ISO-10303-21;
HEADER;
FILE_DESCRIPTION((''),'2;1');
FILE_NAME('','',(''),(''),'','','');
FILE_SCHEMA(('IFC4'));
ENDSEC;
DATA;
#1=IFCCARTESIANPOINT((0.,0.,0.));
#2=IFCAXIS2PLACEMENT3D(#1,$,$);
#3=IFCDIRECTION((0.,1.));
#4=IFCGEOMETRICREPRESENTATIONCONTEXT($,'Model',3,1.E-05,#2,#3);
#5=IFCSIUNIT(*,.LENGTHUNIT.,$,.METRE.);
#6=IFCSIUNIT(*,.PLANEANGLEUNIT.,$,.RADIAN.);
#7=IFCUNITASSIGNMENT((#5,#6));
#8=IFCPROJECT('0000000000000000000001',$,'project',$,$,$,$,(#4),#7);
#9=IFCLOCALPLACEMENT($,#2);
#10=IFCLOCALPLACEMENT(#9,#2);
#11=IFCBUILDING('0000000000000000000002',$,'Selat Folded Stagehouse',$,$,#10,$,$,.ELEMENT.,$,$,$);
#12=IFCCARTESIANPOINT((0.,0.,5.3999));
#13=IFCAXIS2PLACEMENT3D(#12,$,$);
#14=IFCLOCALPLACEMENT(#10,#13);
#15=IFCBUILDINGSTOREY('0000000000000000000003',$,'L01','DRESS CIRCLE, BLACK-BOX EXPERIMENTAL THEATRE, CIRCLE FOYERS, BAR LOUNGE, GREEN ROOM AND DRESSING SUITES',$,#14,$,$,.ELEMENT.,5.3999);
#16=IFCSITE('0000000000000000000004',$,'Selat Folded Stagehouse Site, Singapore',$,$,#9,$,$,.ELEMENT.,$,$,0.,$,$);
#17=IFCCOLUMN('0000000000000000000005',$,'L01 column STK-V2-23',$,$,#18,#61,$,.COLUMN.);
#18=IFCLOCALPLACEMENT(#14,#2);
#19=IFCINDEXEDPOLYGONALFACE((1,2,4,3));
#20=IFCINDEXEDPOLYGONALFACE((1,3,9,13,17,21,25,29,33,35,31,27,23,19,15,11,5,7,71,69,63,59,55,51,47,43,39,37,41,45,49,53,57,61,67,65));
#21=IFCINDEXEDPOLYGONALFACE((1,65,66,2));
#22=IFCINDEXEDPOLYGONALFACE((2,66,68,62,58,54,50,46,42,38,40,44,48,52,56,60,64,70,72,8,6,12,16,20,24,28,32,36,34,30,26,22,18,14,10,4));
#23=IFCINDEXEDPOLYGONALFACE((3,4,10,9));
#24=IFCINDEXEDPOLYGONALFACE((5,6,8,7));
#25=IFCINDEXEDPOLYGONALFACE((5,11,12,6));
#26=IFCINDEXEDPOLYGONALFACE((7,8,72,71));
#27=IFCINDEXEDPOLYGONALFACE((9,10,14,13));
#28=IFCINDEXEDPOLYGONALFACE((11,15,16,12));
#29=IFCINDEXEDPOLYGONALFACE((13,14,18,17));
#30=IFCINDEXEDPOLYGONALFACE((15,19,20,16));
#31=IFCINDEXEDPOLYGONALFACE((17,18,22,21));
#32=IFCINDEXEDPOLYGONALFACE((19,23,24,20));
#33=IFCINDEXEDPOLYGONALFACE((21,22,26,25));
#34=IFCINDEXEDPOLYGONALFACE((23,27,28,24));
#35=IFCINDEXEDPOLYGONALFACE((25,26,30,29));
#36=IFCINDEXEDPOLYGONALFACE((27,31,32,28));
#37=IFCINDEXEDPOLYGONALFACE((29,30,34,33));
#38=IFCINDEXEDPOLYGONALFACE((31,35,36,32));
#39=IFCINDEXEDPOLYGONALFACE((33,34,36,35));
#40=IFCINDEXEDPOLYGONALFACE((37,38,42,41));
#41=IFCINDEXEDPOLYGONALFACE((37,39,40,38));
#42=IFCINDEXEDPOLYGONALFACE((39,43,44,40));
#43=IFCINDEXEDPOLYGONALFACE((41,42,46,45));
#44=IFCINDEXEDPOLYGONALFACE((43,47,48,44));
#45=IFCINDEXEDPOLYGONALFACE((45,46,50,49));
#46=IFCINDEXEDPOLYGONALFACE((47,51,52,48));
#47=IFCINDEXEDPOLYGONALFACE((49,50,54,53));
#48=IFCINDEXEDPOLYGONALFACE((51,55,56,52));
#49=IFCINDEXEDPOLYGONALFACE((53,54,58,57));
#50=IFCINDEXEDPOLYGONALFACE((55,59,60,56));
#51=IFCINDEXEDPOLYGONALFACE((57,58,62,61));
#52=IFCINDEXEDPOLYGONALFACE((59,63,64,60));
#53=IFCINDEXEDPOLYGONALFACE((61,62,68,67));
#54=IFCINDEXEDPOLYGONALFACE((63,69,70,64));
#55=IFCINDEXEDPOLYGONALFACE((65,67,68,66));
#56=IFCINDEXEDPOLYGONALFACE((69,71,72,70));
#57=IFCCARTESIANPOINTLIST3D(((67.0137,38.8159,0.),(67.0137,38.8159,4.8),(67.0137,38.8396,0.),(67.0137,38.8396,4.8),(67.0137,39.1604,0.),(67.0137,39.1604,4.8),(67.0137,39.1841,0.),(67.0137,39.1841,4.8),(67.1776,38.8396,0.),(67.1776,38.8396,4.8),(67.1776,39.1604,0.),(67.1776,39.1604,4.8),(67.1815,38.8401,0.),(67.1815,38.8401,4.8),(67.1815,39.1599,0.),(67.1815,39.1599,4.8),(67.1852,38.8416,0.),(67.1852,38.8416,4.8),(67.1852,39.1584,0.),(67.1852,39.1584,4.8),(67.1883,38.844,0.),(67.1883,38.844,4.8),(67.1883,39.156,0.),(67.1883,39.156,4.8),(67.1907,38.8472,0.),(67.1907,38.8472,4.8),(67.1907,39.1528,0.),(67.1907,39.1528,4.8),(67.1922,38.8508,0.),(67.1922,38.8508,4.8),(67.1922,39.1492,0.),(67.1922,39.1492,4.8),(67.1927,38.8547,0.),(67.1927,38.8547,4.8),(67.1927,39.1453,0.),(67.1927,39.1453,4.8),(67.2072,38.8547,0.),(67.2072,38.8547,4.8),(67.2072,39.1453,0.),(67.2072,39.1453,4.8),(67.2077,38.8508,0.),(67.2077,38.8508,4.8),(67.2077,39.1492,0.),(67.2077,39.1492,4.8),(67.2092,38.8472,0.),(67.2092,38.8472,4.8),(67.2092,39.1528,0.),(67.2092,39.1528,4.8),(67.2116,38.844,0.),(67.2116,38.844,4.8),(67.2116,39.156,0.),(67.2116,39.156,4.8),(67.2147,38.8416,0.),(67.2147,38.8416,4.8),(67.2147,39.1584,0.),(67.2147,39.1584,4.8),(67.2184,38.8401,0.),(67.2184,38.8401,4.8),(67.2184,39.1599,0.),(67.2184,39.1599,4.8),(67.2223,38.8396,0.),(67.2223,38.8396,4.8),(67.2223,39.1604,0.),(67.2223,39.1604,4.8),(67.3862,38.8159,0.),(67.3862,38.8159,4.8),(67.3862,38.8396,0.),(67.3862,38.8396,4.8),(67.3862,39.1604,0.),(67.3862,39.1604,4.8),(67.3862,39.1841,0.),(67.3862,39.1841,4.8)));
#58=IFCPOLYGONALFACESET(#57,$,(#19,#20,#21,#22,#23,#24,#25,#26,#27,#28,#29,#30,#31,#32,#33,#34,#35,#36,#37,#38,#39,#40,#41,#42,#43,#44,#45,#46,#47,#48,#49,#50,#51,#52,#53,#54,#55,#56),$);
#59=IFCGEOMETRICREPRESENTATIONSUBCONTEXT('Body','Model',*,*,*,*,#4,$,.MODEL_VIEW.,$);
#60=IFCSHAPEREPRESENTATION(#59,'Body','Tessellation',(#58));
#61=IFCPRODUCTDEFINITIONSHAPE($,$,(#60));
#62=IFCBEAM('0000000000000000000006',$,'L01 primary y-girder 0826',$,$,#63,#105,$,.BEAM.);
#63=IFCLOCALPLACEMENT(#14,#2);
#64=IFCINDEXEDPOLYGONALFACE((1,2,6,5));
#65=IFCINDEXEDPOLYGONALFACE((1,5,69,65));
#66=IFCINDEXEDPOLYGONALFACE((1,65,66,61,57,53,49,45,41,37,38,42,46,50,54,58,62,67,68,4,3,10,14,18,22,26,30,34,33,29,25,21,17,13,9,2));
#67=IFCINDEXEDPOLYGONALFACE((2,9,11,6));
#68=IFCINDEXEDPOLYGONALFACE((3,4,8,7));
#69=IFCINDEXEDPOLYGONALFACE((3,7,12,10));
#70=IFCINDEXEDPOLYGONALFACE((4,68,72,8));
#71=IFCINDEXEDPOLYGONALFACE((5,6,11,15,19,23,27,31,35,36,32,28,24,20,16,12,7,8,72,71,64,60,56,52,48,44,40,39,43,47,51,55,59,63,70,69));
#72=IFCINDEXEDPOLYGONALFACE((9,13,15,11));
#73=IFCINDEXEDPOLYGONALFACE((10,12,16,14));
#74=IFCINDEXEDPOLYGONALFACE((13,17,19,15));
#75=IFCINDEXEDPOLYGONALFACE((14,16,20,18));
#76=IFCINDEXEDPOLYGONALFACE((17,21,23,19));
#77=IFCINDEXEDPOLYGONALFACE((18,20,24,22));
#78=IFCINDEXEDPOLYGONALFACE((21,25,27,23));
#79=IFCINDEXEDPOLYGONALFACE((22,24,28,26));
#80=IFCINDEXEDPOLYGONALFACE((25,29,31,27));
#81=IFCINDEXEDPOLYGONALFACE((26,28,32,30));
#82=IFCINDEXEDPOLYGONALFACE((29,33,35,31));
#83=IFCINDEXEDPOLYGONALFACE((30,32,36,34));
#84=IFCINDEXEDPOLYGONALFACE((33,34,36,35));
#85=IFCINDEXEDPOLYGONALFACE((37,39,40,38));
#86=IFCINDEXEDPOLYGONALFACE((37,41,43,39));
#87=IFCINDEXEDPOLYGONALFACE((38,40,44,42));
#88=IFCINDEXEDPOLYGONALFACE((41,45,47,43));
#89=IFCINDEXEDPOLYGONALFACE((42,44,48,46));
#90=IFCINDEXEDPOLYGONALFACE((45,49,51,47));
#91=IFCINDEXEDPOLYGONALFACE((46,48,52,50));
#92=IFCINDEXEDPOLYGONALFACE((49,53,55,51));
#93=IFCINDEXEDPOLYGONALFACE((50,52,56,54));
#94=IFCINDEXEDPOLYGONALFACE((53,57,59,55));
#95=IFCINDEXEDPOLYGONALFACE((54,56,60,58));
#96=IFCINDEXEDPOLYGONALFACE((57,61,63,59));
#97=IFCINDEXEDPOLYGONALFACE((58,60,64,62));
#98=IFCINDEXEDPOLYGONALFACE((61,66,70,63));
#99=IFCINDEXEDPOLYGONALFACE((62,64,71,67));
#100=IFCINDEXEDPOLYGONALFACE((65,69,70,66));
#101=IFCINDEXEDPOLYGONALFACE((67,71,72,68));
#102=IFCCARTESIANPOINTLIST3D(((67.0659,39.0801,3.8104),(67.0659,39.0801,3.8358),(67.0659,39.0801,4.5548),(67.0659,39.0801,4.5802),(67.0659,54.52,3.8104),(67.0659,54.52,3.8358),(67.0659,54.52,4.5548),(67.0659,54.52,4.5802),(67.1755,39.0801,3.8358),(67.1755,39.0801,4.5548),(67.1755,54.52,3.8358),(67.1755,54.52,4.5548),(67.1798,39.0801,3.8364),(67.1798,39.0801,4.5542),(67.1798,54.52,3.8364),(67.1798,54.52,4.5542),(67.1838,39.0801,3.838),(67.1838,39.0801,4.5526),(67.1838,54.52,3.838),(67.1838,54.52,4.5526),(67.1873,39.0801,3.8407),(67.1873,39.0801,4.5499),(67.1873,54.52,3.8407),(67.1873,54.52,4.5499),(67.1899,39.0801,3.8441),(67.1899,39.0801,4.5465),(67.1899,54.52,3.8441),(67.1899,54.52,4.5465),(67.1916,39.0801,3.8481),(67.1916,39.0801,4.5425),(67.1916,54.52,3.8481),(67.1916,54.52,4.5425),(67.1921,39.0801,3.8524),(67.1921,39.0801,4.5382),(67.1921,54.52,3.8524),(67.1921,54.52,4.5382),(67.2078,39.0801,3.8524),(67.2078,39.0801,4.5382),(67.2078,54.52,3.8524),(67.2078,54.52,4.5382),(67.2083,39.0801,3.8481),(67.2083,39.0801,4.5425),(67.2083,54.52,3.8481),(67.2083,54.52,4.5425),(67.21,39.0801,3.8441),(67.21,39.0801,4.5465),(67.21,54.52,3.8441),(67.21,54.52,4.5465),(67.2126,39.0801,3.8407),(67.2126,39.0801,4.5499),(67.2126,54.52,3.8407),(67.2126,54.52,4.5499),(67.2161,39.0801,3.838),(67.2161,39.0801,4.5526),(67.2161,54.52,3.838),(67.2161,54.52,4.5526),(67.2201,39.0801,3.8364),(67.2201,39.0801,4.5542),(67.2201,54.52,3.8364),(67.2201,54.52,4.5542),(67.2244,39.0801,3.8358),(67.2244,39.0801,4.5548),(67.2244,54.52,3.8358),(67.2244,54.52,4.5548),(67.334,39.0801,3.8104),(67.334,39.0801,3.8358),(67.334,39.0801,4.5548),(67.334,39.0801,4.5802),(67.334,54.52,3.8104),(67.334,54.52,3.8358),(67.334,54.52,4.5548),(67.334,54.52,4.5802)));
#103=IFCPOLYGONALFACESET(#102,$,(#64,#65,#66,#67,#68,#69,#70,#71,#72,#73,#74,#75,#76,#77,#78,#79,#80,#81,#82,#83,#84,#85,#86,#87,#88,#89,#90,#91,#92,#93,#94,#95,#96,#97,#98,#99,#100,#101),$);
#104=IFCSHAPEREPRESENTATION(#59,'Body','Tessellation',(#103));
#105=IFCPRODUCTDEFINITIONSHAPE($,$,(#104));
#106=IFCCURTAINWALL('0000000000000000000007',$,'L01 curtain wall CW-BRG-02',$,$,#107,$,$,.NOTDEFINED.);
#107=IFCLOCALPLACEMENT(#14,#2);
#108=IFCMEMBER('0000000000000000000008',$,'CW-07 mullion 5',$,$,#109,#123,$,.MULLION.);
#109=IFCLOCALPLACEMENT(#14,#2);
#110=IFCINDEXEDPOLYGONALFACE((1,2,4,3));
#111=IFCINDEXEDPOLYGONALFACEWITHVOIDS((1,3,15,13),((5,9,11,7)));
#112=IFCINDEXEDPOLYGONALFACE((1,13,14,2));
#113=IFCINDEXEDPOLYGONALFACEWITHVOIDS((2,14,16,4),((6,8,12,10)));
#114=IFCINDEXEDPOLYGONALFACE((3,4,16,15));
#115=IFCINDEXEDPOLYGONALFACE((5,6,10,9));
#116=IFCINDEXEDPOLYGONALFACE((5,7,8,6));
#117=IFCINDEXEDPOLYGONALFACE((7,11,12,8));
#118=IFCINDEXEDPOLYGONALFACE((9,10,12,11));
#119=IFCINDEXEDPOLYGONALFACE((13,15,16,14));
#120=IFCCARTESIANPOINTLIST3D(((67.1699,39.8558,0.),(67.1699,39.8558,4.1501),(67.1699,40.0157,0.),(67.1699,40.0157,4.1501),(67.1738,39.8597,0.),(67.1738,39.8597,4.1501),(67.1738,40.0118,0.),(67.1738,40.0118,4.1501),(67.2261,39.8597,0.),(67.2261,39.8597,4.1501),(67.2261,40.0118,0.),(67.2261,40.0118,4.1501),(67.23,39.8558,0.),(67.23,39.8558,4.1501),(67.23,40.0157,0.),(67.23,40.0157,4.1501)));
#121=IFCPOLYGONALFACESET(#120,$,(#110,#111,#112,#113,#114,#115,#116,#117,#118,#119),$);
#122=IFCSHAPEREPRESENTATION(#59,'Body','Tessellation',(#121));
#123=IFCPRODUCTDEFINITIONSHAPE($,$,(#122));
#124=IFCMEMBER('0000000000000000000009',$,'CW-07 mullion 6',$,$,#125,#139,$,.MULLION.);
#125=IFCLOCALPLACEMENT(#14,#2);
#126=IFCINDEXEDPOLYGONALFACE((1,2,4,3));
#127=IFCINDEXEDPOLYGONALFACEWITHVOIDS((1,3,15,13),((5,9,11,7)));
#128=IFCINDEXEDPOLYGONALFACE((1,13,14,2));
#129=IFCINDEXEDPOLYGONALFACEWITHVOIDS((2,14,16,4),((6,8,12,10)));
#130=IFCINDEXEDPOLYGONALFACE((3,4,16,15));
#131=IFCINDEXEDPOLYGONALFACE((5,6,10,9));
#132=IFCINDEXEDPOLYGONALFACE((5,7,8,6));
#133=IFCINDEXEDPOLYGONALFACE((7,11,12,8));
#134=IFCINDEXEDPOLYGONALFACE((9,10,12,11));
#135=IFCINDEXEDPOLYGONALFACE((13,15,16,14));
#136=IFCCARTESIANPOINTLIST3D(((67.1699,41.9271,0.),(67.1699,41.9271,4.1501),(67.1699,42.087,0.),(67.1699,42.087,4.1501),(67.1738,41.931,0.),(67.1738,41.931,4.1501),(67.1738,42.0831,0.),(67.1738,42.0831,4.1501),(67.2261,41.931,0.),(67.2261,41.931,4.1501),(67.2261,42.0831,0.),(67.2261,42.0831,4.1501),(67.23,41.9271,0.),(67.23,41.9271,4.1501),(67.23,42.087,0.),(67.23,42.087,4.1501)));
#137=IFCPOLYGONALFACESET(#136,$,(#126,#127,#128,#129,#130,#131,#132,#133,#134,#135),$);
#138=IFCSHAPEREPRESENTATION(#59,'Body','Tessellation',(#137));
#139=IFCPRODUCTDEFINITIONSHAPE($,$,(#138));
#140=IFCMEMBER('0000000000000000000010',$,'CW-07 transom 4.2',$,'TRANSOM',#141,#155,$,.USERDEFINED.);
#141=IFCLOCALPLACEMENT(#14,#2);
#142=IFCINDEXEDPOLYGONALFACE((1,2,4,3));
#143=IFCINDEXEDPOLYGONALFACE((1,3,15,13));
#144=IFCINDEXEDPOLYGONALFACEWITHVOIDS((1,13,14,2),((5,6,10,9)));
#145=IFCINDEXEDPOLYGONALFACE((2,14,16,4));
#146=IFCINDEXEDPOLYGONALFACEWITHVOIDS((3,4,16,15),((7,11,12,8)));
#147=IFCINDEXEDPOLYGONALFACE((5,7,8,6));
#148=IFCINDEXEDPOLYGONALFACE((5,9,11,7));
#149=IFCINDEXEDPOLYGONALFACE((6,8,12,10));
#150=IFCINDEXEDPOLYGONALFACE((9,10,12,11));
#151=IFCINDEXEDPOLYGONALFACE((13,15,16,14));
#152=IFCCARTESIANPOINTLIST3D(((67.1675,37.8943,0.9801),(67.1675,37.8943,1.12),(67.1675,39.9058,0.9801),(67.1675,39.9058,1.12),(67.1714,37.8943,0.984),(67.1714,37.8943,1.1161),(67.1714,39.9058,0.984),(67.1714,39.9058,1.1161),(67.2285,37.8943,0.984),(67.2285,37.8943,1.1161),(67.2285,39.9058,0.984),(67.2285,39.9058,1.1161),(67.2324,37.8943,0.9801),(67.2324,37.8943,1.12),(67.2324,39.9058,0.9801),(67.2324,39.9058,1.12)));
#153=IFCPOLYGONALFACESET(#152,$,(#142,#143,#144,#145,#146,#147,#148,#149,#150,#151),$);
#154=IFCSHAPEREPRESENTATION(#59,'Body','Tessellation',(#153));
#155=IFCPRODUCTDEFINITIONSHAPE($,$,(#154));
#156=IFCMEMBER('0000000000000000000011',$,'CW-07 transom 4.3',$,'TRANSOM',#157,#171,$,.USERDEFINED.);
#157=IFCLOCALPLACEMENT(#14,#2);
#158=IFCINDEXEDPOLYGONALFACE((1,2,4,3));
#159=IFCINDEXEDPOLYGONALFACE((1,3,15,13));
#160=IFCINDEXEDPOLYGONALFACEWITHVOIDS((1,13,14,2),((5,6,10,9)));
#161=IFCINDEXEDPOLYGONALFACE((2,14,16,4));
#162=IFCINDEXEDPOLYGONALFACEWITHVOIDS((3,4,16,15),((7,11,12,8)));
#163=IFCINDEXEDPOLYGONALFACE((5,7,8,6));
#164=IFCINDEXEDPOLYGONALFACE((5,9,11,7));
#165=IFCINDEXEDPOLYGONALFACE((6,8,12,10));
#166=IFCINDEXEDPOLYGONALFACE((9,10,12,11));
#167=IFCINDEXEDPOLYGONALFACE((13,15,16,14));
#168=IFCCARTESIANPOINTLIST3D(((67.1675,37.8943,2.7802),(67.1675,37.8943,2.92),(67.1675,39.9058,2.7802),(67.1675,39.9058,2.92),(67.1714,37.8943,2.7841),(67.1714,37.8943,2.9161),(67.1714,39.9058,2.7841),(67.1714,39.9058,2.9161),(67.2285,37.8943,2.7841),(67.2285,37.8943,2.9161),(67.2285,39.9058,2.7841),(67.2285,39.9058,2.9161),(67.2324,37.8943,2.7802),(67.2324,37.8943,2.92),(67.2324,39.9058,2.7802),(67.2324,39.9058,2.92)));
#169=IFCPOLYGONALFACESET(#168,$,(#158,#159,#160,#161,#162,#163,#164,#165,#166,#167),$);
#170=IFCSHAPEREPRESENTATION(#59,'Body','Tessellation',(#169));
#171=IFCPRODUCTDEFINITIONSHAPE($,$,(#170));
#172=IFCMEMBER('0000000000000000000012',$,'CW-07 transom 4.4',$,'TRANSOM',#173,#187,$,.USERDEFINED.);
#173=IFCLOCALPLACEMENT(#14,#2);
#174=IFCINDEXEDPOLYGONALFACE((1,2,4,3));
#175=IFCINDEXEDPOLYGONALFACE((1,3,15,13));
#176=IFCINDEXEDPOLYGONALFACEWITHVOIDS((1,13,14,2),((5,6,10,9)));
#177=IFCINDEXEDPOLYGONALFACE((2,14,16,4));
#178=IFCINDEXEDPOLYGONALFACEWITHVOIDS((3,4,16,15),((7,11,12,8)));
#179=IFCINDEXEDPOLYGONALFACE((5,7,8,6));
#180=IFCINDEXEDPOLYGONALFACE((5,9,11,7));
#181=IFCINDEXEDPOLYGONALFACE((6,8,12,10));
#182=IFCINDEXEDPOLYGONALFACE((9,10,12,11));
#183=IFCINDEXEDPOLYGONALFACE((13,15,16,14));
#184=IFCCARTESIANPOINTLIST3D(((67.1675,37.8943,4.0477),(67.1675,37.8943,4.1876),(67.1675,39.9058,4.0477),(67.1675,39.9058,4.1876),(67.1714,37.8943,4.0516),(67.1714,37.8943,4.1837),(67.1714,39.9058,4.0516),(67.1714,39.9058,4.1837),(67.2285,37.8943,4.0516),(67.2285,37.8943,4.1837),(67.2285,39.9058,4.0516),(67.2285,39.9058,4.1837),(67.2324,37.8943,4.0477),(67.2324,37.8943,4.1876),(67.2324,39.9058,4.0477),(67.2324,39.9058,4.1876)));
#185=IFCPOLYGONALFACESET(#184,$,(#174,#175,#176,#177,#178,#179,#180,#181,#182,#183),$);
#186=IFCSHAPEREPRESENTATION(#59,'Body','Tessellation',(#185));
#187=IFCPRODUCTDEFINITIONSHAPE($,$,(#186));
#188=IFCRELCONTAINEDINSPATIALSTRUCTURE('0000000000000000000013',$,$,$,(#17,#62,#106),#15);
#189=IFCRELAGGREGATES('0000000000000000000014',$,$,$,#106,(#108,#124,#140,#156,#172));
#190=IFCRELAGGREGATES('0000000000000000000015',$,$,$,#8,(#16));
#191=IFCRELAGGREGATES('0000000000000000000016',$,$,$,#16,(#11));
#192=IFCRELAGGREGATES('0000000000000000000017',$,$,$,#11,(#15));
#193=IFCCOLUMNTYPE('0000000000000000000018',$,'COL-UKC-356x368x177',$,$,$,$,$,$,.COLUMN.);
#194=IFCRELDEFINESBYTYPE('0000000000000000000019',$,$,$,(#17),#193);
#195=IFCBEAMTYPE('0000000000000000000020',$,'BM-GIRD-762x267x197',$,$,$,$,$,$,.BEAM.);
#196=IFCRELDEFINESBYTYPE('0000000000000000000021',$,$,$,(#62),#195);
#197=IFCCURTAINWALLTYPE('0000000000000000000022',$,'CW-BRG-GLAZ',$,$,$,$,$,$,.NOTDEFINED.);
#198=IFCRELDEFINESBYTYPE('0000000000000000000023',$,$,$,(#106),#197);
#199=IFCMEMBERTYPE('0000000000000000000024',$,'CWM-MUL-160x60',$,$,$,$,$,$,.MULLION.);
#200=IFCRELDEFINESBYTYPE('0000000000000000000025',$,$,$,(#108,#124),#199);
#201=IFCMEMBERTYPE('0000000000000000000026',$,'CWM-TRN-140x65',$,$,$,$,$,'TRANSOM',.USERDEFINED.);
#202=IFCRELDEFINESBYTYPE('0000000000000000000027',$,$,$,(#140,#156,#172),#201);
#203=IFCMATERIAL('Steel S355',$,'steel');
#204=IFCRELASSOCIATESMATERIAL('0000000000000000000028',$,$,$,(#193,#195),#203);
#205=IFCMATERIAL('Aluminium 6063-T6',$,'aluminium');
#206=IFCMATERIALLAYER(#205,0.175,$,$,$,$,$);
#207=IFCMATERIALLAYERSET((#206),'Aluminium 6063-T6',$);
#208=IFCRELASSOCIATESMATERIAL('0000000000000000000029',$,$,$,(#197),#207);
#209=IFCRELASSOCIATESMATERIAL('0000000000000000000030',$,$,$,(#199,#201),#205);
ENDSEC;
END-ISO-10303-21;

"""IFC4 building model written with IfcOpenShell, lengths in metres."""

from ifc_helpers import new_model, si_unit, direction, frame, origin, origin_2d, place, context, subcontext, project, spatial, hollow_rectangle, i_section, extrude, material, layer, layer_set, material_profile, profile_set, type_object, element, aggregate, save


model = new_model("IFC4")

# Units and contexts
model_context = context("Model", 3, precision=1e-05, world=origin(), true_north=direction((0.0, 1.0)))
body_context = subcontext(model_context, "Body", "Model", "MODEL_VIEW")
ifc_project = project(units=[si_unit("LENGTHUNIT", "METRE"), si_unit("PLANEANGLEUNIT", "RADIAN")], contexts=[model_context])

# Site, building, storey
site_placement = place(None, origin())
site = spatial("IfcSite", under=ifc_project, at=site_placement, Name="Selat Folded Stagehouse Site, Singapore", CompositionType="ELEMENT", RefElevation=0.0)
building_placement = place(site_placement, origin())
building = spatial("IfcBuilding", under=site, at=building_placement, Name="Selat Folded Stagehouse", CompositionType="ELEMENT")
storey_placement = place(building_placement, frame((0.0, 0.0, 5.3999)))
storey = spatial("IfcBuildingStorey", under=building, at=storey_placement, Name="L01", Description="DRESS CIRCLE, BLACK-BOX EXPERIMENTAL THEATRE, CIRCLE FOYERS, BAR LOUNGE, GREEN ROOM AND DRESSING SUITES", CompositionType="ELEMENT", Elevation=5.3999)

# Column
ifc_material_1 = material(Name="Steel S355", Category="steel")
ifc_material_profile_1 = material_profile(ifc_material_1, i_section(OverallWidth=0.3726, OverallDepth=0.3682, WebThickness=0.0144, FlangeThickness=0.0237, FilletRadius=0.0151, at=origin_2d()), Name="UKC 356x368x177")
ifc_profile_set_1 = profile_set([ifc_material_profile_1], Name="Steel S355")
column_type = type_object("IfcColumnType", Name="COL-UKC-356x368x177", PredefinedType="COLUMN", material=ifc_profile_set_1)
column_placement = place(storey_placement, frame((67.2, 39.0, 0.0), z_axis=(0.0, 0.0, 1.0), x_axis=(1.0, 0.0, 0.0)))
element("IfcColumn", 1, at=column_placement, inside=storey, type_object=column_type, Name="L01 column STK-V2-23", PredefinedType="COLUMN", context=body_context, shape_type="SweptSolid", body=[
    extrude(i_section(OverallWidth=0.3726, OverallDepth=0.3682, WebThickness=0.0144, FlangeThickness=0.0237, FilletRadius=0.0151, at=origin_2d()), origin(), (0.0, 0.0, 1.0), 4.8),
])

# Beam
ifc_material_profile_2 = material_profile(ifc_material_1, i_section(OverallWidth=0.2681, OverallDepth=0.7698, WebThickness=0.0156, FlangeThickness=0.0254, FilletRadius=0.0166, at=origin_2d()), Name="UKB 762x267x197")
ifc_profile_set_2 = profile_set([ifc_material_profile_2], Name="Steel S355")
beam_type = type_object("IfcBeamType", Name="BM-GIRD-762x267x197", PredefinedType="BEAM", material=ifc_profile_set_2)
beam_placement = place(storey_placement, frame((67.2, 39.0801, 4.1953), z_axis=(0.0, 1.0, 0.0), x_axis=(-1.0, 0.0, 0.0)))
element("IfcBeam", 2, at=beam_placement, inside=storey, type_object=beam_type, Name="L01 primary y-girder 0826", PredefinedType="BEAM", context=body_context, shape_type="SweptSolid", body=[
    extrude(i_section(OverallWidth=0.2681, OverallDepth=0.7698, WebThickness=0.0156, FlangeThickness=0.0254, FilletRadius=0.0166, at=origin_2d()), origin(), (0.0, 0.0, 1.0), 15.4399),
])

# Curtain wall, members
ifc_material_2 = material(Name="Aluminium 6063-T6", Category="aluminium")
ifc_layer_1 = layer(ifc_material_2, 0.175)
ifc_layer_set_1 = layer_set([ifc_layer_1], Name="Aluminium 6063-T6")
curtain_wall_type = type_object("IfcCurtainWallType", Name="CW-BRG-GLAZ", PredefinedType="NOTDEFINED", material=ifc_layer_set_1)
curtain_wall_placement = place(storey_placement, origin())
curtain_wall = element("IfcCurtainWall", 3, at=curtain_wall_placement, inside=storey, type_object=curtain_wall_type, Name="L01 curtain wall CW-BRG-02", PredefinedType="NOTDEFINED")
ifc_material_profile_3 = material_profile(ifc_material_2, hollow_rectangle(XDim=0.0601, YDim=0.1599, WallThickness=0.0039, at=origin_2d()), Name="ALU 160x60x4.0")
ifc_profile_set_3 = profile_set([ifc_material_profile_3], Name="Aluminium 6063-T6")
member_type_1 = type_object("IfcMemberType", Name="CWM-MUL-160x60", PredefinedType="MULLION", material=ifc_profile_set_3)
member_1_placement = place(storey_placement, frame((67.2, 39.9358, 0.0), z_axis=(0.0, 0.0, 1.0), x_axis=(-1.0, 0.0, 0.0)))
member_1 = element("IfcMember", 4, at=member_1_placement, type_object=member_type_1, Name="CW-07 mullion 5", PredefinedType="MULLION", context=body_context, shape_type="SweptSolid", body=[
    extrude(hollow_rectangle(XDim=0.0601, YDim=0.1599, WallThickness=0.0039, at=origin_2d()), origin(), (0.0, 0.0, 1.0), 4.1501),
])
member_2_placement = place(storey_placement, frame((67.2, 42.0071, 0.0), z_axis=(0.0, 0.0, 1.0), x_axis=(-1.0, 0.0, 0.0)))
member_2 = element("IfcMember", 5, at=member_2_placement, type_object=member_type_1, Name="CW-07 mullion 6", PredefinedType="MULLION", context=body_context, shape_type="SweptSolid", body=[
    extrude(hollow_rectangle(XDim=0.0601, YDim=0.1599, WallThickness=0.0039, at=origin_2d()), origin(), (0.0, 0.0, 1.0), 4.1501),
])
ifc_material_profile_4 = material_profile(ifc_material_2, hollow_rectangle(XDim=0.0649, YDim=0.1399, WallThickness=0.0039, at=origin_2d()), Name="ALU 140x65x4.0")
ifc_profile_set_4 = profile_set([ifc_material_profile_4], Name="Aluminium 6063-T6")
member_type_2 = type_object("IfcMemberType", Name="CWM-TRN-140x65", ElementType="TRANSOM", PredefinedType="USERDEFINED", material=ifc_profile_set_4)
member_3_placement = place(storey_placement, frame((67.2, 37.8943, 1.05), z_axis=(0.0, 1.0, 0.0), x_axis=(-1.0, 0.0, 0.0)))
member_3 = element("IfcMember", 6, at=member_3_placement, type_object=member_type_2, Name="CW-07 transom 4.2", ObjectType="TRANSOM", PredefinedType="USERDEFINED", context=body_context, shape_type="SweptSolid", body=[
    extrude(hollow_rectangle(XDim=0.0649, YDim=0.1399, WallThickness=0.0039, at=origin_2d()), origin(), (0.0, 0.0, 1.0), 2.0115),
])
member_4_placement = place(storey_placement, frame((67.2, 37.8943, 2.8501), z_axis=(0.0, 1.0, 0.0), x_axis=(-1.0, 0.0, 0.0)))
member_4 = element("IfcMember", 7, at=member_4_placement, type_object=member_type_2, Name="CW-07 transom 4.3", ObjectType="TRANSOM", PredefinedType="USERDEFINED", context=body_context, shape_type="SweptSolid", body=[
    extrude(hollow_rectangle(XDim=0.0649, YDim=0.1399, WallThickness=0.0039, at=origin_2d()), origin(), (0.0, 0.0, 1.0), 2.0115),
])
member_5_placement = place(storey_placement, frame((67.2, 37.8943, 4.1177), z_axis=(0.0, 1.0, 0.0), x_axis=(-1.0, 0.0, 0.0)))
member_5 = element("IfcMember", 8, at=member_5_placement, type_object=member_type_2, Name="CW-07 transom 4.4", ObjectType="TRANSOM", PredefinedType="USERDEFINED", context=body_context, shape_type="SweptSolid", body=[
    extrude(hollow_rectangle(XDim=0.0649, YDim=0.1399, WallThickness=0.0039, at=origin_2d()), origin(), (0.0, 0.0, 1.0), 2.0115),
])
aggregate(curtain_wall, [member_1, member_2, member_3, member_4, member_5])

save(model, "model.ifc")
